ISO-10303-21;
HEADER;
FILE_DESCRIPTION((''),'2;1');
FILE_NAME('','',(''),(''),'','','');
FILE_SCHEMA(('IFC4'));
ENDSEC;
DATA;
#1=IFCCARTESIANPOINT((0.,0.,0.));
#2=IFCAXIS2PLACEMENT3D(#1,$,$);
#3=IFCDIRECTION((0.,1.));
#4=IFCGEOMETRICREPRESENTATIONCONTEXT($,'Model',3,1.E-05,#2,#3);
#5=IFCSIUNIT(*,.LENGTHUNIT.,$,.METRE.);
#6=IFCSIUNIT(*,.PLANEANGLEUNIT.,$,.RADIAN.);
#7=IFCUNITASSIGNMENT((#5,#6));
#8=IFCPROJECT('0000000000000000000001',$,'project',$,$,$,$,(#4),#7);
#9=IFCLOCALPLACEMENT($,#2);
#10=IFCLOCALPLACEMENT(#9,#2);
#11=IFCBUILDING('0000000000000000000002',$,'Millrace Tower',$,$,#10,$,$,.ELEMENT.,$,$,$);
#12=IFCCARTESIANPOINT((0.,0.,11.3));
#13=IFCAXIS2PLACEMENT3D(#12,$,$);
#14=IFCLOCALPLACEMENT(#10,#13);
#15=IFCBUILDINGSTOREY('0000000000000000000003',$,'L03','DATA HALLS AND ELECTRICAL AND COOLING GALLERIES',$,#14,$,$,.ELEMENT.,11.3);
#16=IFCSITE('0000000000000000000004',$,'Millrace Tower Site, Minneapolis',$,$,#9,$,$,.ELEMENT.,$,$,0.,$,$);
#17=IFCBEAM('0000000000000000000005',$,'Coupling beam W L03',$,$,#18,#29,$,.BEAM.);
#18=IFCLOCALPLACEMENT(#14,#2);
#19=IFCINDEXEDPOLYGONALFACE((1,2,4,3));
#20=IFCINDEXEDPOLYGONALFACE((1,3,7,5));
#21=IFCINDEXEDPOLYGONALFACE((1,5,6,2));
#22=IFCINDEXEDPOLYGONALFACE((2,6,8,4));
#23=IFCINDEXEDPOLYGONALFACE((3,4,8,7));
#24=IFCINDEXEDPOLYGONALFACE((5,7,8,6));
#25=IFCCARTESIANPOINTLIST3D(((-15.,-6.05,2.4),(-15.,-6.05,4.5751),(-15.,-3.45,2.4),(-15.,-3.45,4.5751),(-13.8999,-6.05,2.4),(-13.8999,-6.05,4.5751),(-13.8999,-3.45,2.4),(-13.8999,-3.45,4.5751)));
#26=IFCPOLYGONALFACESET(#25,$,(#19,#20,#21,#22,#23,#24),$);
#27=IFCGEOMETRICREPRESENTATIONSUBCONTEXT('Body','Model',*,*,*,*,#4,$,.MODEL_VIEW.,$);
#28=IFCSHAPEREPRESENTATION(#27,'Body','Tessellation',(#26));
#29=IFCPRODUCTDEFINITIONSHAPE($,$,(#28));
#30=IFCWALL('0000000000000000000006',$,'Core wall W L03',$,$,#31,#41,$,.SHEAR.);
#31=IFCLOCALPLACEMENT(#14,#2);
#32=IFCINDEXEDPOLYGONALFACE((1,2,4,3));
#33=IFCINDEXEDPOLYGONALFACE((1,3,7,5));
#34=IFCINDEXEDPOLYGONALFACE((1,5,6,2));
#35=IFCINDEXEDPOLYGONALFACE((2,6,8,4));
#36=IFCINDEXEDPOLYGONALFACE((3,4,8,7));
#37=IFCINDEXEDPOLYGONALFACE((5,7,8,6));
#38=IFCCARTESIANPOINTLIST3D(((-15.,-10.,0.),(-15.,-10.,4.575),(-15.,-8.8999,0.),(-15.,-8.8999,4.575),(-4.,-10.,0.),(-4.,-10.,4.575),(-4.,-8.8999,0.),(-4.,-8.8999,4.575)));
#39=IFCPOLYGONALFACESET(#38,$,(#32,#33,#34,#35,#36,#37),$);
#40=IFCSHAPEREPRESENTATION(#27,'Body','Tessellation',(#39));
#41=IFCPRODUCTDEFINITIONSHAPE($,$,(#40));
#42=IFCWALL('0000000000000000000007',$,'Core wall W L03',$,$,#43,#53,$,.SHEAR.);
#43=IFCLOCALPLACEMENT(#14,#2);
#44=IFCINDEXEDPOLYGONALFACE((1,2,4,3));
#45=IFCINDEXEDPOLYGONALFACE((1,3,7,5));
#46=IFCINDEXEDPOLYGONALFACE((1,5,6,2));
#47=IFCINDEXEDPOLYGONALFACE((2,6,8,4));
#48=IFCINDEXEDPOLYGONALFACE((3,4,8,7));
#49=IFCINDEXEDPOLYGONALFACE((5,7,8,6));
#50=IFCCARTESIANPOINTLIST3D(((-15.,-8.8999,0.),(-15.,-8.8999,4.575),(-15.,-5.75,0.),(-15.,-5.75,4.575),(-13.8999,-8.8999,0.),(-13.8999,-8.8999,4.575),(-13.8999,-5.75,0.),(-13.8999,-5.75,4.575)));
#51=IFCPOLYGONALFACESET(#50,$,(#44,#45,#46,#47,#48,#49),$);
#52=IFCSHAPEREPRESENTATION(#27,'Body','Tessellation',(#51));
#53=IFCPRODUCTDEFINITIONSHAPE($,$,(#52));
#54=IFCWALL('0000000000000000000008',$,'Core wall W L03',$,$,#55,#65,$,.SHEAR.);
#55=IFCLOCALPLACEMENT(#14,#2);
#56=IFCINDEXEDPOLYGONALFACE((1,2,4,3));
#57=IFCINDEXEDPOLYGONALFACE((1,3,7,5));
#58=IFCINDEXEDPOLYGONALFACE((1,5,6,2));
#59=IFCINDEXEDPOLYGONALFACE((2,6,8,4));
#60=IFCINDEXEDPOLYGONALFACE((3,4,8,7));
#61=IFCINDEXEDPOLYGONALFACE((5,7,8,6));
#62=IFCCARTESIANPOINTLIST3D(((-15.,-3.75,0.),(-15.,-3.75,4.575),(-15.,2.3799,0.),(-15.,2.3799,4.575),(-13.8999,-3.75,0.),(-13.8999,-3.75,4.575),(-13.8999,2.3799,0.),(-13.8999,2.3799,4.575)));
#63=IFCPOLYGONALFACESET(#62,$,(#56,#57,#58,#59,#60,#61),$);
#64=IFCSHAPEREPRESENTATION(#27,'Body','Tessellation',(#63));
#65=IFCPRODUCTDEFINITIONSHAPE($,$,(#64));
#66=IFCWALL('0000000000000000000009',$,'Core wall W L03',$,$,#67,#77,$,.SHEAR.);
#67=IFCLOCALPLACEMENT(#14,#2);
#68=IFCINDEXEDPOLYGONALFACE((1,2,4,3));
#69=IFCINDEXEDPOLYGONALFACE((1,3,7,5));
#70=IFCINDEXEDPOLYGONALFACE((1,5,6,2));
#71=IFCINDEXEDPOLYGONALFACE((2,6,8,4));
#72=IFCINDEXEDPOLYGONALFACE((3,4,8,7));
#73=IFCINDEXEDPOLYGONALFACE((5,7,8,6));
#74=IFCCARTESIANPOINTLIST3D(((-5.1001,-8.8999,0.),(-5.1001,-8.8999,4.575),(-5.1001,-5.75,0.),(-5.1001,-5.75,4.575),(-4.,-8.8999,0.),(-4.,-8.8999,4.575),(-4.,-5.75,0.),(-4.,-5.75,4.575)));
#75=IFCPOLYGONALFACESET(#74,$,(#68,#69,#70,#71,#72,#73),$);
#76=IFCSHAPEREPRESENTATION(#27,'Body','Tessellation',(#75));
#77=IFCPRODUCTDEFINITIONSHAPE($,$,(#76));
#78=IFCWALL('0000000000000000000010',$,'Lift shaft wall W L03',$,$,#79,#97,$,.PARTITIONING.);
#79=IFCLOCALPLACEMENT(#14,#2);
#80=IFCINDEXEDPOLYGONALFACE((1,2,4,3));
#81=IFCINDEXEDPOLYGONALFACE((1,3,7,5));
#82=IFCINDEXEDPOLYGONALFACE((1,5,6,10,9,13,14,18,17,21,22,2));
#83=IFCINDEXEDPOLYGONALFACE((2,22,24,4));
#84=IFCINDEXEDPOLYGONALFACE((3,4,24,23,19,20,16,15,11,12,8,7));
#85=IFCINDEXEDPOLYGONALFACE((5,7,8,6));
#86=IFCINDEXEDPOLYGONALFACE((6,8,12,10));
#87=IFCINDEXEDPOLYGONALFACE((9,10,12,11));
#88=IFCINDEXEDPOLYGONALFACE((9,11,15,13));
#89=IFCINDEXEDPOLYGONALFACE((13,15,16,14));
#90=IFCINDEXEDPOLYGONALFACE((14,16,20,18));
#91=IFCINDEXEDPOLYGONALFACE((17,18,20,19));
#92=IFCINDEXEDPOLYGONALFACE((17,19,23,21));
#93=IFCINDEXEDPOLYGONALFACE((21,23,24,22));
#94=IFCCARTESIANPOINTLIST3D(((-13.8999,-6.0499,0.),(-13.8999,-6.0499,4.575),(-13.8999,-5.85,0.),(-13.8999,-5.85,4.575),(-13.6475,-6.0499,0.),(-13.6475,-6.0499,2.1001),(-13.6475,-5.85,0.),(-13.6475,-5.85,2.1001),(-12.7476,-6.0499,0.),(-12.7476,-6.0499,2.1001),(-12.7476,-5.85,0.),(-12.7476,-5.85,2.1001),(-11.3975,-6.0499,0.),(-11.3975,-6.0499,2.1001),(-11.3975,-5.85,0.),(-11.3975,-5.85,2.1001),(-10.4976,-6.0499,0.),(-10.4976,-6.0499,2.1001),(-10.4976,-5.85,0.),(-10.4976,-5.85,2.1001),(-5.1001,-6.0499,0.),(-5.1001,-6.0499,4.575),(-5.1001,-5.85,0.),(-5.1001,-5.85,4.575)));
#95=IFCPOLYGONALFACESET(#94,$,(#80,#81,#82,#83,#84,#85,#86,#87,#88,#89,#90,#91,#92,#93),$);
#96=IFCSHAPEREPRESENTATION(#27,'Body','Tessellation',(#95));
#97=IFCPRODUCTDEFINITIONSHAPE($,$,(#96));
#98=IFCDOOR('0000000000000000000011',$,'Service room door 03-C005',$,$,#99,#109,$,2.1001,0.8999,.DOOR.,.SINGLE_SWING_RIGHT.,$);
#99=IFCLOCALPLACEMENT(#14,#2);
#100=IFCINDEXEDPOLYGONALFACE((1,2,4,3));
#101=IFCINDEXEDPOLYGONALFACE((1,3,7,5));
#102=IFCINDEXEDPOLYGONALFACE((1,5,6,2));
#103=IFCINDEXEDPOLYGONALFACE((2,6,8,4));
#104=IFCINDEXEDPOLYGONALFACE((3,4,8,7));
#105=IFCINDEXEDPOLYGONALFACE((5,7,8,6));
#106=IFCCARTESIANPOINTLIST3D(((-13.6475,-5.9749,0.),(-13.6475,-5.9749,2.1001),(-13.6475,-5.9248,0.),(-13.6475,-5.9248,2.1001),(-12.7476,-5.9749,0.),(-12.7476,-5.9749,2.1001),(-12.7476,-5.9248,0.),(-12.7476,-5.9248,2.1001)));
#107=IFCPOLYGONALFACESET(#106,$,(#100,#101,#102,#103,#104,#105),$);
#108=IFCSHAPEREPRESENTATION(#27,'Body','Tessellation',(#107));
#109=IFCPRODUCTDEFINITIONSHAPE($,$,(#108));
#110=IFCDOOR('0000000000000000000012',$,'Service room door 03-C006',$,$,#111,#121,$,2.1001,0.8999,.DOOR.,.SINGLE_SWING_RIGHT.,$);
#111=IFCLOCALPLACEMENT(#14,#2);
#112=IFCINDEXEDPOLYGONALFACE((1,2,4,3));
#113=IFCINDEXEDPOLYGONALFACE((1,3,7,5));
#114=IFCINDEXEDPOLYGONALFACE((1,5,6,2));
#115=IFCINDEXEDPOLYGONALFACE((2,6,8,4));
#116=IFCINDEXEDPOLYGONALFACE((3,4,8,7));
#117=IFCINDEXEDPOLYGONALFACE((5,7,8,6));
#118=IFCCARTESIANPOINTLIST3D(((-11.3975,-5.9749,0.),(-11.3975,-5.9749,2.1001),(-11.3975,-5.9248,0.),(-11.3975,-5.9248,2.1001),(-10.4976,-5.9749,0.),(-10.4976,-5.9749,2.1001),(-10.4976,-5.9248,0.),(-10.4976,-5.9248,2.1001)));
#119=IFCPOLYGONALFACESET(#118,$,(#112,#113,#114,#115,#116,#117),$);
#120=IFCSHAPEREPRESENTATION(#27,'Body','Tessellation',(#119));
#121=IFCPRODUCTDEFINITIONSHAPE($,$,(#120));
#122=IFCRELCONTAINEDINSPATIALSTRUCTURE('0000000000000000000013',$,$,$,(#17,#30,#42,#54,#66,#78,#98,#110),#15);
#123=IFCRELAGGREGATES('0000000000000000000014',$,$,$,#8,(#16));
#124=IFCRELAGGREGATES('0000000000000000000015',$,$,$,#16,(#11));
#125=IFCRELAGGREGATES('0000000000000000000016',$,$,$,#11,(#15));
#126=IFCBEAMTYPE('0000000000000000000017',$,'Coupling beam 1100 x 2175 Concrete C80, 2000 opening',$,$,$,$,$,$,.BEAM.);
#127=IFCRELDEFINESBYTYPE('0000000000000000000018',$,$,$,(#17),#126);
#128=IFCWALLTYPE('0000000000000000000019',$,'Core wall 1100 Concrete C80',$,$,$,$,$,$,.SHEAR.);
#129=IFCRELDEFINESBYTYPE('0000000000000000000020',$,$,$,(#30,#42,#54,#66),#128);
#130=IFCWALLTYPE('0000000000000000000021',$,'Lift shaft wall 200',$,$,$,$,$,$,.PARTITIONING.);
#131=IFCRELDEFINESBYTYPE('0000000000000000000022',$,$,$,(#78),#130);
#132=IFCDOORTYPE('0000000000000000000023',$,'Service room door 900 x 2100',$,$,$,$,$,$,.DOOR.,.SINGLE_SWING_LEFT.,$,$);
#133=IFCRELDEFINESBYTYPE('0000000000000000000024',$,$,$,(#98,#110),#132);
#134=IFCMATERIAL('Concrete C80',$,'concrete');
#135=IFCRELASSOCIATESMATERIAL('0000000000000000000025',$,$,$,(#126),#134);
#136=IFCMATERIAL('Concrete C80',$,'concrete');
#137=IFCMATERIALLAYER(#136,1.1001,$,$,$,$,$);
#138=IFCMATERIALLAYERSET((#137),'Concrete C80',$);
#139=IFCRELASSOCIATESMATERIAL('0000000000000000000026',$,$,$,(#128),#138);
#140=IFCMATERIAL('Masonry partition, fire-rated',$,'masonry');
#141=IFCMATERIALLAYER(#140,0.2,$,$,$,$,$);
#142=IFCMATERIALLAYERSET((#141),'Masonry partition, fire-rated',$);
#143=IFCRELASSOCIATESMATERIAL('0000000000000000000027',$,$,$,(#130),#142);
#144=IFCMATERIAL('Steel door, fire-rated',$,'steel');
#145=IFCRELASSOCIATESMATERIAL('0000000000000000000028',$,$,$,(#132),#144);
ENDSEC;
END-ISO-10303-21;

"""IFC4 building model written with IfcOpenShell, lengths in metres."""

from ifc_helpers import new_model, si_unit, direction, frame, frame_2d, origin, origin_2d, place, context, subcontext, project, spatial, rectangle, extrude, material, layer, layer_set, material_profile, profile_set, type_object, element, fill, save


model = new_model("IFC4")

# Units and contexts
model_context = context("Model", 3, precision=1e-05, world=origin(), true_north=direction((0.0, 1.0)))
body_context = subcontext(model_context, "Body", "Model", "MODEL_VIEW")
ifc_project = project(units=[si_unit("LENGTHUNIT", "METRE"), si_unit("PLANEANGLEUNIT", "RADIAN")], contexts=[model_context])

# Site, building, storey
site_placement = place(None, origin())
site = spatial("IfcSite", under=ifc_project, at=site_placement, Name="Millrace Tower Site, Minneapolis", CompositionType="ELEMENT", RefElevation=0.0)
building_placement = place(site_placement, origin())
building = spatial("IfcBuilding", under=site, at=building_placement, Name="Millrace Tower", CompositionType="ELEMENT")
storey_placement = place(building_placement, frame((0.0, 0.0, 11.3)))
storey = spatial("IfcBuildingStorey", under=building, at=storey_placement, Name="L03", Description="DATA HALLS AND ELECTRICAL AND COOLING GALLERIES", CompositionType="ELEMENT", Elevation=11.3)

# Beam
ifc_material_1 = material(Name="Concrete C80", Category="concrete")
ifc_material_profile = material_profile(ifc_material_1, rectangle(XDim=1.1001, YDim=2.175, at=origin_2d()))
ifc_profile_set = profile_set([ifc_material_profile], Name="Concrete C80")
beam_type = type_object("IfcBeamType", Name="Coupling beam 1100 x 2175 Concrete C80, 2000 opening", PredefinedType="BEAM", material=ifc_profile_set)
beam_placement = place(storey_placement, frame((-14.45, -6.05, 3.4875), z_axis=(0.0, 1.0, 0.0), x_axis=(-1.0, 0.0, 0.0)))
element("IfcBeam", 1, at=beam_placement, inside=storey, type_object=beam_type, Name="Coupling beam W L03", PredefinedType="BEAM", context=body_context, shape_type="SweptSolid", body=[
    extrude(rectangle(XDim=1.1001, YDim=2.175, at=origin_2d()), origin(), (0.0, 0.0, 1.0), 2.6001),
])

# Walls
ifc_material_2 = material(Name="Concrete C80", Category="concrete")
ifc_layer_1 = layer(ifc_material_2, 1.1001)
ifc_layer_set_1 = layer_set([ifc_layer_1], Name="Concrete C80")
wall_type_1 = type_object("IfcWallType", Name="Core wall 1100 Concrete C80", PredefinedType="SHEAR", material=ifc_layer_set_1)
wall_1_placement = place(storey_placement, frame((-15.0, -9.45, 0.0), z_axis=(0.0, 0.0, 1.0), x_axis=(1.0, 0.0, 0.0)))
element("IfcWall", 2, at=wall_1_placement, inside=storey, type_object=wall_type_1, Name="Core wall W L03", PredefinedType="SHEAR", context=body_context, shape_type="SweptSolid", body=[
    extrude(rectangle(XDim=11.0, YDim=1.1001, at=frame_2d((5.5, 0.0))), origin(), (0.0, 0.0, 1.0), 4.575),
])
wall_2_placement = place(storey_placement, frame((-14.45, -8.8999, 0.0), z_axis=(0.0, 0.0, 1.0), x_axis=(0.0, 1.0, 0.0)))
element("IfcWall", 3, at=wall_2_placement, inside=storey, type_object=wall_type_1, Name="Core wall W L03", PredefinedType="SHEAR", context=body_context, shape_type="SweptSolid", body=[
    extrude(rectangle(XDim=3.1499, YDim=1.1001, at=frame_2d((1.575, 0.0))), origin(), (0.0, 0.0, 1.0), 4.575),
])
wall_3_placement = place(storey_placement, frame((-14.45, -3.75, 0.0), z_axis=(0.0, 0.0, 1.0), x_axis=(0.0, 1.0, 0.0)))
element("IfcWall", 4, at=wall_3_placement, inside=storey, type_object=wall_type_1, Name="Core wall W L03", PredefinedType="SHEAR", context=body_context, shape_type="SweptSolid", body=[
    extrude(rectangle(XDim=6.1299, YDim=1.1001, at=frame_2d((3.0649, 0.0))), origin(), (0.0, 0.0, 1.0), 4.575),
])
wall_4_placement = place(storey_placement, frame((-4.55, -8.8999, 0.0), z_axis=(0.0, 0.0, 1.0), x_axis=(0.0, 1.0, 0.0)))
element("IfcWall", 5, at=wall_4_placement, inside=storey, type_object=wall_type_1, Name="Core wall W L03", PredefinedType="SHEAR", context=body_context, shape_type="SweptSolid", body=[
    extrude(rectangle(XDim=3.1499, YDim=1.1001, at=frame_2d((1.575, 0.0))), origin(), (0.0, 0.0, 1.0), 4.575),
])

# Wall, openings, doors
ifc_material_3 = material(Name="Masonry partition, fire-rated", Category="masonry")
ifc_layer_2 = layer(ifc_material_3, 0.2)
ifc_layer_set_2 = layer_set([ifc_layer_2], Name="Masonry partition, fire-rated")
wall_type_2 = type_object("IfcWallType", Name="Lift shaft wall 200", PredefinedType="PARTITIONING", material=ifc_layer_set_2)
wall_5_placement = place(storey_placement, frame((-13.8999, -5.95, 0.0), z_axis=(0.0, 0.0, 1.0), x_axis=(1.0, 0.0, 0.0)))
wall_5 = element("IfcWall", 6, at=wall_5_placement, inside=storey, type_object=wall_type_2, Name="Lift shaft wall W L03", PredefinedType="PARTITIONING", context=body_context, shape_type="SweptSolid", body=[
    extrude(rectangle(XDim=8.7998, YDim=0.2, at=frame_2d((4.3999, 0.0))), origin(), (0.0, 0.0, 1.0), 4.575),
])
opening_1_placement = place(wall_5_placement, frame((0.2524, 0.0, 0.0)))
opening_1 = element("IfcOpeningElement", 7, at=opening_1_placement, cuts=wall_5, PredefinedType="OPENING", context=body_context, shape_type="SweptSolid", body=[
    extrude(rectangle(XDim=0.8999, YDim=2.1001, at=frame_2d((0.45, 1.05))), frame((0.0, 0.1099, 0.0), z_axis=(0.0, -1.0, 0.0), x_axis=(1.0, 0.0, 0.0)), (0.0, 0.0, 1.0), 0.22),
])
opening_2_placement = place(wall_5_placement, frame((2.5024, 0.0, 0.0)))
opening_2 = element("IfcOpeningElement", 8, at=opening_2_placement, cuts=wall_5, PredefinedType="OPENING", context=body_context, shape_type="SweptSolid", body=[
    extrude(rectangle(XDim=0.8999, YDim=2.1001, at=frame_2d((0.45, 1.05))), frame((0.0, 0.1099, 0.0), z_axis=(0.0, -1.0, 0.0), x_axis=(1.0, 0.0, 0.0)), (0.0, 0.0, 1.0), 0.22),
])
ifc_material_4 = material(Name="Steel door, fire-rated", Category="steel")
door_type_1 = type_object("IfcDoorType", Name="Service room door 900 x 2100", OperationType="SINGLE_SWING_LEFT", PredefinedType="DOOR", material=ifc_material_4)
door_1_placement = place(opening_1_placement, frame((0.8999, 0.0, 0.0), z_axis=(0.0, 0.0, 1.0), x_axis=(-1.0, 0.0, 0.0)))
door_1 = element("IfcDoor", 9, at=door_1_placement, inside=storey, type_object=door_type_1, Name="Service room door 03-C005", OperationType="SINGLE_SWING_RIGHT", OverallHeight=2.1001, OverallWidth=0.8999, PredefinedType="DOOR", context=body_context, shape_type="SweptSolid", body=[
    extrude(rectangle(XDim=0.8999, YDim=2.1001, at=frame_2d((0.45, 1.05))), frame((0.0, 0.0249, 0.0), z_axis=(0.0, -1.0, 0.0), x_axis=(1.0, 0.0, 0.0)), (0.0, 0.0, 1.0), 0.05),
])
fill(opening_1, door_1)
door_2_placement = place(opening_2_placement, frame((0.8999, 0.0, 0.0), z_axis=(0.0, 0.0, 1.0), x_axis=(-1.0, 0.0, 0.0)))
door_2 = element("IfcDoor", 10, at=door_2_placement, inside=storey, type_object=door_type_1, Name="Service room door 03-C006", OperationType="SINGLE_SWING_RIGHT", OverallHeight=2.1001, OverallWidth=0.8999, PredefinedType="DOOR", context=body_context, shape_type="SweptSolid", body=[
    extrude(rectangle(XDim=0.8999, YDim=2.1001, at=frame_2d((0.45, 1.05))), frame((0.0, 0.0249, 0.0), z_axis=(0.0, -1.0, 0.0), x_axis=(1.0, 0.0, 0.0)), (0.0, 0.0, 1.0), 0.05),
])
fill(opening_2, door_2)

save(model, "model.ifc")
